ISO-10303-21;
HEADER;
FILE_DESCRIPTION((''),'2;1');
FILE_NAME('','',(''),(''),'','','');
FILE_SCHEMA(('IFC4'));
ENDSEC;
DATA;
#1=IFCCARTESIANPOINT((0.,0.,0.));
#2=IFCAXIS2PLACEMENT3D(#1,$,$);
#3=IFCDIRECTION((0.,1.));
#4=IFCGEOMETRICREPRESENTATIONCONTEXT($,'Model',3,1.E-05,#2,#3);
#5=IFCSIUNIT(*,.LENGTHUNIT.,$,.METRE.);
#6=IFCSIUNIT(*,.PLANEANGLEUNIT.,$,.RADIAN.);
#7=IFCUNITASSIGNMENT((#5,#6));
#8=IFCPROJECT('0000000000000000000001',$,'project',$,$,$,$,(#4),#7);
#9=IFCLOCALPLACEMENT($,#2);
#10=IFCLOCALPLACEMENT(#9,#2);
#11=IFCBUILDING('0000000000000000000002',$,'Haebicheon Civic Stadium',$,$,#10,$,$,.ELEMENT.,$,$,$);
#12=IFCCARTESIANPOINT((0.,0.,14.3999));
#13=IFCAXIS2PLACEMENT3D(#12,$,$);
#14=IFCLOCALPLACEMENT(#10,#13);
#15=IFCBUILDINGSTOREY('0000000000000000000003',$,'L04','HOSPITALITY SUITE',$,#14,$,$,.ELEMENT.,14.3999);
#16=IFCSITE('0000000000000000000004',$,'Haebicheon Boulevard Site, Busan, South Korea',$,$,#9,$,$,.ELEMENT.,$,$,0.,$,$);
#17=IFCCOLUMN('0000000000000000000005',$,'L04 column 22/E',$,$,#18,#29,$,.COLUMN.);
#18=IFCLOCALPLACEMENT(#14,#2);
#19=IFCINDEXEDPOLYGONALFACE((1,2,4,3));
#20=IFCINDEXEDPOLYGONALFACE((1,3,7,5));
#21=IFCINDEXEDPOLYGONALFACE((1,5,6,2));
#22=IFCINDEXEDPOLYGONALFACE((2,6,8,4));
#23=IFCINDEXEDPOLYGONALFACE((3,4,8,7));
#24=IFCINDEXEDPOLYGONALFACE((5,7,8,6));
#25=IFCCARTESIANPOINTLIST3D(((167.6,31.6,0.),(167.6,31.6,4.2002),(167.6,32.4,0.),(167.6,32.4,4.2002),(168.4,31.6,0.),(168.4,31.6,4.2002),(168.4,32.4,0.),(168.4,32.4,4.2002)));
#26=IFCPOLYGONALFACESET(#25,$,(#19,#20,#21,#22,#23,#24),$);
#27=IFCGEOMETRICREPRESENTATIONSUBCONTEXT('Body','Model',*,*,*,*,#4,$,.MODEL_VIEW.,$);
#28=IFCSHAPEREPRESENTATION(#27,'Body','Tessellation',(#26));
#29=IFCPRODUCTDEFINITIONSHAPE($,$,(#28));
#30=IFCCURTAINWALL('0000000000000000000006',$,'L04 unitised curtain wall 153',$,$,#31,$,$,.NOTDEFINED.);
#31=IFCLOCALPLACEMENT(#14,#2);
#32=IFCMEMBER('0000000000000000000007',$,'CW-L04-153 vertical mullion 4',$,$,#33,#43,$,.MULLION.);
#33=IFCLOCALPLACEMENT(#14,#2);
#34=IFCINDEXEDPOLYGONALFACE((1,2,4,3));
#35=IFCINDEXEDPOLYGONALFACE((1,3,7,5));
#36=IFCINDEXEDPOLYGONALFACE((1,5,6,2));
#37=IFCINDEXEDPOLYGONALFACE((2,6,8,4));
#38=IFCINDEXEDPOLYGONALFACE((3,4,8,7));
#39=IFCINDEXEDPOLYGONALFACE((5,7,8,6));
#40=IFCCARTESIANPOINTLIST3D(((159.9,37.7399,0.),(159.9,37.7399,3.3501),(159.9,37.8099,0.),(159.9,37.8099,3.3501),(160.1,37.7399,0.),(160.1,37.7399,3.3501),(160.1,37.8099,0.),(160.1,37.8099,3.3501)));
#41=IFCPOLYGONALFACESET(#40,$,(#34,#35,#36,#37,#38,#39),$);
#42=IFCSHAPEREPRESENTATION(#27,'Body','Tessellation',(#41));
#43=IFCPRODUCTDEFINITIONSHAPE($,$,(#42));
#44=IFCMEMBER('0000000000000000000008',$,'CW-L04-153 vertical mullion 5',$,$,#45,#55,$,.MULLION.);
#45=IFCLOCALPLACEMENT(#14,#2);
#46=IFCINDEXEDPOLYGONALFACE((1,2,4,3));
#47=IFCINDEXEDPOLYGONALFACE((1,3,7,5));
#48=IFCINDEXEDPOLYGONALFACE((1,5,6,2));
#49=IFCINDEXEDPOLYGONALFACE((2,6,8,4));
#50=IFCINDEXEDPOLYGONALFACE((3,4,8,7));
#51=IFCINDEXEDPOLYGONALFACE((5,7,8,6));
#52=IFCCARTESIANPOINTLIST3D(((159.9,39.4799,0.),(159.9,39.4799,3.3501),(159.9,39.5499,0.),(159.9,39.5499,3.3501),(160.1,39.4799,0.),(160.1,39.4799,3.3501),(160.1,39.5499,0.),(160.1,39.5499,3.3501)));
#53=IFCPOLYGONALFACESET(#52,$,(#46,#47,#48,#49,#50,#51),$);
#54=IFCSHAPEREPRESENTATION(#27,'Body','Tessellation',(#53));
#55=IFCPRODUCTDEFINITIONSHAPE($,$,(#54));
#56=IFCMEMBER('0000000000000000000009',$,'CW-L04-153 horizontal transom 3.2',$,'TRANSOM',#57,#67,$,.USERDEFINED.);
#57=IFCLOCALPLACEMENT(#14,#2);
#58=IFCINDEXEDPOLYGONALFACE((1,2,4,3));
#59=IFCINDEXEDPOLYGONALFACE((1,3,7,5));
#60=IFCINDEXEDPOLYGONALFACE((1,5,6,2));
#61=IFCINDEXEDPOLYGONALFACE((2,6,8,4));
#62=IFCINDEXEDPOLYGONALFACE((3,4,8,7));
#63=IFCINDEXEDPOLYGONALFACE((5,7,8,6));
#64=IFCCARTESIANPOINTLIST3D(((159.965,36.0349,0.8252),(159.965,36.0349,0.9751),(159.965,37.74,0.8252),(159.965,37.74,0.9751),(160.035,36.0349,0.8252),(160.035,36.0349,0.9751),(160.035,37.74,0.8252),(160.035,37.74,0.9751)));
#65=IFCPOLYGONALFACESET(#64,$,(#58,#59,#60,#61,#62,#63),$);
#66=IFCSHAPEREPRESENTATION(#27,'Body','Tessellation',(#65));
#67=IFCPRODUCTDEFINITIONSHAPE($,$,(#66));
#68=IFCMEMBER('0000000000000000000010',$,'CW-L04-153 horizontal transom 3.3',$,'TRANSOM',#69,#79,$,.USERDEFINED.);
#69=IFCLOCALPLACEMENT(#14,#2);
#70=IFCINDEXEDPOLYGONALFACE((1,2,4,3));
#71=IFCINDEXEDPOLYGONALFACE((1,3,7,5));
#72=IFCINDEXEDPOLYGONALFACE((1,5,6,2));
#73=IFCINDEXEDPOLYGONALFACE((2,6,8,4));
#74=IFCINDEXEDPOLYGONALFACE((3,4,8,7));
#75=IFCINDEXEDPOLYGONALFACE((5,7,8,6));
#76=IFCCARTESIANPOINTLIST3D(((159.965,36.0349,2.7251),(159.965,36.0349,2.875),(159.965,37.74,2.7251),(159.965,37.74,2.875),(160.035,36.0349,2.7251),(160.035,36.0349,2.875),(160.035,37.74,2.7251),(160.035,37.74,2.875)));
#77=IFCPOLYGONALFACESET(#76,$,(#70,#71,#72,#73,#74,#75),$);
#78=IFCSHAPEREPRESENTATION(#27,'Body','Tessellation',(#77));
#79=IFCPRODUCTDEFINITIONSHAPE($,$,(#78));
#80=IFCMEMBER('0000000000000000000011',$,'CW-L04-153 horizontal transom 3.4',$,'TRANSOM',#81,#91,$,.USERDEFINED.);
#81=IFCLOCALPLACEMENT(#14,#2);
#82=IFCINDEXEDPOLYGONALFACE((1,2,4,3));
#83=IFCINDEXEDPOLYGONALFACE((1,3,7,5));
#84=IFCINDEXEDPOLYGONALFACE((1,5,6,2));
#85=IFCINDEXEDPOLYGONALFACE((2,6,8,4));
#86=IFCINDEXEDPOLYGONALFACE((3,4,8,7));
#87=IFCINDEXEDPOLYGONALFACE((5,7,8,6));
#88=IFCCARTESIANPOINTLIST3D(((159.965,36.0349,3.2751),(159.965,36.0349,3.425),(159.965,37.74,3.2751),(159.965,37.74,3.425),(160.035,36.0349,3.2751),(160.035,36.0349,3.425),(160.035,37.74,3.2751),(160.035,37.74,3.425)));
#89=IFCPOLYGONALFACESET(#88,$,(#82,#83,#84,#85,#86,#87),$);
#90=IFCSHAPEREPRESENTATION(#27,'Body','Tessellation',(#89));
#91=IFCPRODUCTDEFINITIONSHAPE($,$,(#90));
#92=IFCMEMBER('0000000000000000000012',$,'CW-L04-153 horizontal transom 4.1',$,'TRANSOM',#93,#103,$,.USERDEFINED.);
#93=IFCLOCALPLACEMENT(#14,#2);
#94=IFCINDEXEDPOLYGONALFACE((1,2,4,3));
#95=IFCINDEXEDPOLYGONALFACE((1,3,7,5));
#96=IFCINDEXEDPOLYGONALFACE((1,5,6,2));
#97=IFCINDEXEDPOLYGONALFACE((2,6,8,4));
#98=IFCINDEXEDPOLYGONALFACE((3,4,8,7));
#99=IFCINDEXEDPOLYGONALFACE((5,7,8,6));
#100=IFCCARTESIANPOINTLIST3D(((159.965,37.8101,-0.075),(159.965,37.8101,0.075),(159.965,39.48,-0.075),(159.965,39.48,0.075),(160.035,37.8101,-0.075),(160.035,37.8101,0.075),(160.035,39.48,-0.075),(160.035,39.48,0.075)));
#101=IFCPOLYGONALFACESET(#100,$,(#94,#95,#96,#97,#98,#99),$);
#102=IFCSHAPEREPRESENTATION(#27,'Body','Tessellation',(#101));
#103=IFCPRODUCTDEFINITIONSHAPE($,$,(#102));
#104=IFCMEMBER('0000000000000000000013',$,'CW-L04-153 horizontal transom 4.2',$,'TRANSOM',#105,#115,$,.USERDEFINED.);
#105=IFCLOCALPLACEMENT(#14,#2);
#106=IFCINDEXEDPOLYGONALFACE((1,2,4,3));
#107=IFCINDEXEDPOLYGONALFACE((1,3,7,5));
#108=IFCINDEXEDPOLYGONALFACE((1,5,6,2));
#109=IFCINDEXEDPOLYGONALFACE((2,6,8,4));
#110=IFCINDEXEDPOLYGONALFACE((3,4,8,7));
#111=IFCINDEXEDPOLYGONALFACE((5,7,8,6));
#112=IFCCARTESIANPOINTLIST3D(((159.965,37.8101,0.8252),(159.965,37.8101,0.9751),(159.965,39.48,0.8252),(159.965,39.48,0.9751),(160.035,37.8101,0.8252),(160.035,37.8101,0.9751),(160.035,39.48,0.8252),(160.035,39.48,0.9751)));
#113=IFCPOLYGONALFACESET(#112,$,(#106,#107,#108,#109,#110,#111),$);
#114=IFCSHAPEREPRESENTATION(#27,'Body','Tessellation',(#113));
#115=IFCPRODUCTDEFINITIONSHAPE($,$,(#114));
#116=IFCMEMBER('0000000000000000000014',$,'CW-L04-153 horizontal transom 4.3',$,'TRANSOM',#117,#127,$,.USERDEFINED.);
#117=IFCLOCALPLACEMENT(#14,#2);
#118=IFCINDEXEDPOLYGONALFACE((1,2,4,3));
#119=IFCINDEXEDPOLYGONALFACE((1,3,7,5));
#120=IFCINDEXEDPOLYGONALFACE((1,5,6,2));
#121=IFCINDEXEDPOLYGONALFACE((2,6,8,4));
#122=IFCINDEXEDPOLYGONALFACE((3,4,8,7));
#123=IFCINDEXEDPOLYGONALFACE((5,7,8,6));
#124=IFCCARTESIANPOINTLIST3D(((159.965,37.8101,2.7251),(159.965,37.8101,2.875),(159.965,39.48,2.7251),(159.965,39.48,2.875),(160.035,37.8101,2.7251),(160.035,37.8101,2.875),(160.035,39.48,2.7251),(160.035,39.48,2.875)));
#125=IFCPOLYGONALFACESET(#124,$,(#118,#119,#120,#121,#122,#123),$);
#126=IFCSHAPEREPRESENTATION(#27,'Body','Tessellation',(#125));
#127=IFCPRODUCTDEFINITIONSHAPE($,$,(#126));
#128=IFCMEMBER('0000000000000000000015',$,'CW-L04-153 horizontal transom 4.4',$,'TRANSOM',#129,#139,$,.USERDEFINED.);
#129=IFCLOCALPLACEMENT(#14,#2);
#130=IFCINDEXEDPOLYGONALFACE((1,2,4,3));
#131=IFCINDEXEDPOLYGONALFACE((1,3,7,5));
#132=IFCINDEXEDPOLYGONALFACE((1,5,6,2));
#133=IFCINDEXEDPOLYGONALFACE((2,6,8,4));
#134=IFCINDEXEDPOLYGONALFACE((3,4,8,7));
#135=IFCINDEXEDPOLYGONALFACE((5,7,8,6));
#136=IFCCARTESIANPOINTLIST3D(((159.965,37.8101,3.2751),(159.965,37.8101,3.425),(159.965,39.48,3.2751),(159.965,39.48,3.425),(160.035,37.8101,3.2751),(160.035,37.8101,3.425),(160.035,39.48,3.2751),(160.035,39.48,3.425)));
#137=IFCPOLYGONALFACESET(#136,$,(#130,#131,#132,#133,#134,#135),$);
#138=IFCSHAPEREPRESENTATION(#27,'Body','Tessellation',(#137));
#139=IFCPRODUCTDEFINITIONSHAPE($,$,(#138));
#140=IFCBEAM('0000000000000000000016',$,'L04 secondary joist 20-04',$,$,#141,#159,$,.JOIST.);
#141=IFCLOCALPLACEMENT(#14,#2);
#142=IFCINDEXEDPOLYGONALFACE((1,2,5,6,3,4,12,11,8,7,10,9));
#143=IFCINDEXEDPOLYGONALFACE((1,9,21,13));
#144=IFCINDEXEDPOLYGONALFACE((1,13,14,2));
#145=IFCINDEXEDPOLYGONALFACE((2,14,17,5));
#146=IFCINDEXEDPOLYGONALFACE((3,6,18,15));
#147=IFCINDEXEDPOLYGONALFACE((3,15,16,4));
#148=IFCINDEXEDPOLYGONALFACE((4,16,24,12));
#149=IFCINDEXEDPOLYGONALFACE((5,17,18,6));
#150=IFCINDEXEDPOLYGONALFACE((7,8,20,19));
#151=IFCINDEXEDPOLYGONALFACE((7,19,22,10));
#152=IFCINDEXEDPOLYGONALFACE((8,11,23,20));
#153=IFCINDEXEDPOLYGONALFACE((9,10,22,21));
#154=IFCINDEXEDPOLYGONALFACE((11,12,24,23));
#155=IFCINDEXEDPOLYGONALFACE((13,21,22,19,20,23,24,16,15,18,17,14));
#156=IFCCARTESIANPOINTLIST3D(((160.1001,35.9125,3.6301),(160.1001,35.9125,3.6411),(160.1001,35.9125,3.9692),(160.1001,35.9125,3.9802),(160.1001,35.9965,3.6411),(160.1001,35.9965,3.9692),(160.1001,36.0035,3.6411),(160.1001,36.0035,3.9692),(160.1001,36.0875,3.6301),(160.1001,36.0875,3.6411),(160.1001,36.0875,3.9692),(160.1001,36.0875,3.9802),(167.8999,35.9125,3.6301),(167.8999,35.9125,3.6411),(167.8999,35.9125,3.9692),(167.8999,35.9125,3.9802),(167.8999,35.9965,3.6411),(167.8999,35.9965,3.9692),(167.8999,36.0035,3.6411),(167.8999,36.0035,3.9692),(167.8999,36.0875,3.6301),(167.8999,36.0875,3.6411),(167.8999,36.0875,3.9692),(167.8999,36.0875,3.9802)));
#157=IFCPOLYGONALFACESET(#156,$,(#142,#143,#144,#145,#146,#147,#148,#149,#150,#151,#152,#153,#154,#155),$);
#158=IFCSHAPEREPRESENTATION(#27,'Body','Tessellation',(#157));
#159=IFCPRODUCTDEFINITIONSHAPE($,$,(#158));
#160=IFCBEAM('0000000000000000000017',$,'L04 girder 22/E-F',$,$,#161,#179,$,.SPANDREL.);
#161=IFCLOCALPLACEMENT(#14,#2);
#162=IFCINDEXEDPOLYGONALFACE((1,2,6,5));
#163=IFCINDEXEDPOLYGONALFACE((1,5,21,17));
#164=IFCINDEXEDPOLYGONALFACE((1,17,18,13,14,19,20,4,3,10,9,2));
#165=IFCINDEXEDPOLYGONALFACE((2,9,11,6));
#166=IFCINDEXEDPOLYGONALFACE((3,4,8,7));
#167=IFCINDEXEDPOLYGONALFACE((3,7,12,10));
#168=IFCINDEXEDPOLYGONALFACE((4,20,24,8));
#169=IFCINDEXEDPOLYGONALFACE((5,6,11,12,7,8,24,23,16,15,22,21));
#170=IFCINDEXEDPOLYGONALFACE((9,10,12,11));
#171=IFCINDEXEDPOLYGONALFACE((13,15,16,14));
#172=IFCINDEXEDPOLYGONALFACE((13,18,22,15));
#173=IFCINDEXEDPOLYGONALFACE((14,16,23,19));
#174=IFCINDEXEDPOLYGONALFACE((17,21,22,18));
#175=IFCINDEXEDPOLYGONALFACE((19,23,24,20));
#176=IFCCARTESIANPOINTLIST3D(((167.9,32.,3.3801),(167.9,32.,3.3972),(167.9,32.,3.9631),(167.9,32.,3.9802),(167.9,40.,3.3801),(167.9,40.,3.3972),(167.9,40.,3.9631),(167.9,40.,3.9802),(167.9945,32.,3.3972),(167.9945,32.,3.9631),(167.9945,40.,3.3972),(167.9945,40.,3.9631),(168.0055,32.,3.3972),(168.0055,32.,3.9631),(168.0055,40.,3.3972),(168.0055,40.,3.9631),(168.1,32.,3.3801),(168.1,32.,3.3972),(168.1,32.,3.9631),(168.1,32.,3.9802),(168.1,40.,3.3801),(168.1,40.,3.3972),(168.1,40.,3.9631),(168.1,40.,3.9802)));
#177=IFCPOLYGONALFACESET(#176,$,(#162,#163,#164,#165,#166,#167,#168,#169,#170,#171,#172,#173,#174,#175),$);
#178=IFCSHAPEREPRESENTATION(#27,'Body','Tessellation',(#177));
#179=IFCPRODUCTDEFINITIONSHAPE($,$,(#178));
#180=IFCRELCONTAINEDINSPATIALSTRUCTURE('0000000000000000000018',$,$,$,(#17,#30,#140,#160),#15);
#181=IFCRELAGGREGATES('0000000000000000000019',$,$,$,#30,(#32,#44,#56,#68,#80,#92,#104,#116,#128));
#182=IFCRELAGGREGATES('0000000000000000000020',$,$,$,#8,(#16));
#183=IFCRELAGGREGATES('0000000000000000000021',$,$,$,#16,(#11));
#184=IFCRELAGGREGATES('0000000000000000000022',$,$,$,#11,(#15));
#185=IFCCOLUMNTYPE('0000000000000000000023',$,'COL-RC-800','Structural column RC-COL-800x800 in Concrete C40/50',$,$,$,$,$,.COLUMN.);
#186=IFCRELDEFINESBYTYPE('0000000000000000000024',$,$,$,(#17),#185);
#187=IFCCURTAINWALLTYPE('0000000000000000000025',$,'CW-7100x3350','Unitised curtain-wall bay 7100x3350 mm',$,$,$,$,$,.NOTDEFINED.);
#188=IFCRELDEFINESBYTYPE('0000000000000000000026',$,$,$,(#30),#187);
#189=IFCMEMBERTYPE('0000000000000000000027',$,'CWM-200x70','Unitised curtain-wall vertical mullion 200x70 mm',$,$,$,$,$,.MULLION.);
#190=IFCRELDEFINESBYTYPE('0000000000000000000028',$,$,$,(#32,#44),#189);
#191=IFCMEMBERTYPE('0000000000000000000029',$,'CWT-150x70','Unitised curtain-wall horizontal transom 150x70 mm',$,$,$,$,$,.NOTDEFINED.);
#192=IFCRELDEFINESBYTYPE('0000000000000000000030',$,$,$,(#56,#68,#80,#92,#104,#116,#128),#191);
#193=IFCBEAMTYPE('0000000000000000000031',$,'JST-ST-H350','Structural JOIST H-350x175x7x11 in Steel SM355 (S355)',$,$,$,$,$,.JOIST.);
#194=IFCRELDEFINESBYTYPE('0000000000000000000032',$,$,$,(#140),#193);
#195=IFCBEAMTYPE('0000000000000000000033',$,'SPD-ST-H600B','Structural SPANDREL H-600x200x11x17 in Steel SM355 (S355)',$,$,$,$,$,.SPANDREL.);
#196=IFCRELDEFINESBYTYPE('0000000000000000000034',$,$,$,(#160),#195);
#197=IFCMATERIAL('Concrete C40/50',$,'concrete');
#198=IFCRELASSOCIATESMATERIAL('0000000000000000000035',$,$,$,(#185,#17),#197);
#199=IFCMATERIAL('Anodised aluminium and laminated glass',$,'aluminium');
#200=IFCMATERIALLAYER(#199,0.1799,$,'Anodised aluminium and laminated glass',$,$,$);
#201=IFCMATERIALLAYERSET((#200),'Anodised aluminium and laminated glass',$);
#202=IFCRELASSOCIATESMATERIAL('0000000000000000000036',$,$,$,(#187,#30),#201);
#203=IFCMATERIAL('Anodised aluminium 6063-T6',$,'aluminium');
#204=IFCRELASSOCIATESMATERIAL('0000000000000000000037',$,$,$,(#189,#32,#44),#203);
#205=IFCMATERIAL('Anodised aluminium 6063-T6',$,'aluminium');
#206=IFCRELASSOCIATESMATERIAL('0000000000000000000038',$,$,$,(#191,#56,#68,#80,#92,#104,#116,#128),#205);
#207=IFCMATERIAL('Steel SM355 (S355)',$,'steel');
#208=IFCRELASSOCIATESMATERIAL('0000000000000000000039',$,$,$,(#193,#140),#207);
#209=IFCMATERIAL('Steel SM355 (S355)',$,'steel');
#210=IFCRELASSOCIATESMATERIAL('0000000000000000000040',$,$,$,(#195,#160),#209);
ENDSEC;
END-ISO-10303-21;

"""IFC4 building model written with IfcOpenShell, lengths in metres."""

from ifc_helpers import new_model, si_unit, direction, frame, origin, origin_2d, place, context, subcontext, project, spatial, rectangle, i_section, extrude, material, layer, layer_set, material_profile, profile_set, type_object, element, aggregate, save


model = new_model("IFC4")

# Units and contexts
model_context = context("Model", 3, precision=1e-05, world=origin(), true_north=direction((0.0, 1.0)))
body_context = subcontext(model_context, "Body", "Model", "MODEL_VIEW")
ifc_project = project(units=[si_unit("LENGTHUNIT", "METRE"), si_unit("PLANEANGLEUNIT", "RADIAN")], contexts=[model_context])

# Site, building, storey
site_placement = place(None, origin())
site = spatial("IfcSite", under=ifc_project, at=site_placement, Name="Haebicheon Boulevard Site, Busan, South Korea", CompositionType="ELEMENT", RefElevation=0.0)
building_placement = place(site_placement, origin())
building = spatial("IfcBuilding", under=site, at=building_placement, Name="Haebicheon Civic Stadium", CompositionType="ELEMENT")
storey_placement = place(building_placement, frame((0.0, 0.0, 14.3999)))
storey = spatial("IfcBuildingStorey", under=building, at=storey_placement, Name="L04", Description="HOSPITALITY SUITE", CompositionType="ELEMENT", Elevation=14.3999)

# Column
ifc_material_1 = material(Name="Concrete C40/50", Category="concrete")
ifc_material_profile_1 = material_profile(ifc_material_1, rectangle(XDim=0.8, YDim=0.8, at=origin_2d()), Name="RC-COL-800x800")
ifc_profile_set_1 = profile_set([ifc_material_profile_1], Name="Concrete C40/50")
column_type = type_object("IfcColumnType", Name="COL-RC-800", Description="Structural column RC-COL-800x800 in Concrete C40/50", PredefinedType="COLUMN", material=ifc_profile_set_1)
column_placement = place(storey_placement, frame((168.0, 32.0, 0.0), z_axis=(0.0, 0.0, 1.0), x_axis=(1.0, 0.0, 0.0)))
element("IfcColumn", 1, at=column_placement, inside=storey, type_object=column_type, material=ifc_profile_set_1, Name="L04 column 22/E", PredefinedType="COLUMN", context=body_context, shape_type="SweptSolid", body=[
    extrude(rectangle(XDim=0.8, YDim=0.8, at=origin_2d()), origin(), (0.0, 0.0, 1.0), 4.2002),
])

# Curtain wall, members
ifc_material_2 = material(Name="Anodised aluminium and laminated glass", Category="aluminium")
ifc_layer_1 = layer(ifc_material_2, 0.1799, Name="Anodised aluminium and laminated glass")
ifc_layer_set_1 = layer_set([ifc_layer_1], Name="Anodised aluminium and laminated glass")
curtain_wall_type = type_object("IfcCurtainWallType", Name="CW-7100x3350", Description="Unitised curtain-wall bay 7100x3350 mm", PredefinedType="NOTDEFINED", material=ifc_layer_set_1)
curtain_wall_placement = place(storey_placement, origin())
curtain_wall = element("IfcCurtainWall", 2, at=curtain_wall_placement, inside=storey, type_object=curtain_wall_type, material=ifc_layer_set_1, Name="L04 unitised curtain wall 153", PredefinedType="NOTDEFINED")
ifc_material_3 = material(Name="Anodised aluminium 6063-T6", Category="aluminium")
ifc_material_profile_2 = material_profile(ifc_material_3, rectangle(XDim=0.0701, YDim=0.2, at=origin_2d()), Name="ALU-MULL-70x200")
ifc_profile_set_2 = profile_set([ifc_material_profile_2], Name="Anodised aluminium 6063-T6")
member_type_1 = type_object("IfcMemberType", Name="CWM-200x70", Description="Unitised curtain-wall vertical mullion 200x70 mm", PredefinedType="MULLION", material=ifc_profile_set_2)
member_1_placement = place(storey_placement, frame((160.0, 37.7749, 0.0), z_axis=(0.0, 0.0, 1.0), x_axis=(0.0, 1.0, 0.0)))
member_1 = element("IfcMember", 3, at=member_1_placement, type_object=member_type_1, material=ifc_profile_set_2, Name="CW-L04-153 vertical mullion 4", PredefinedType="MULLION", context=body_context, shape_type="SweptSolid", body=[
    extrude(rectangle(XDim=0.0701, YDim=0.2, at=origin_2d()), origin(), (0.0, 0.0, 1.0), 3.3501),
])
member_2_placement = place(storey_placement, frame((160.0, 39.5149, 0.0), z_axis=(0.0, 0.0, 1.0), x_axis=(0.0, 1.0, 0.0)))
member_2 = element("IfcMember", 4, at=member_2_placement, type_object=member_type_1, material=ifc_profile_set_2, Name="CW-L04-153 vertical mullion 5", PredefinedType="MULLION", context=body_context, shape_type="SweptSolid", body=[
    extrude(rectangle(XDim=0.0701, YDim=0.2, at=origin_2d()), origin(), (0.0, 0.0, 1.0), 3.3501),
])
ifc_material_4 = material(Name="Anodised aluminium 6063-T6", Category="aluminium")
ifc_material_profile_3 = material_profile(ifc_material_4, rectangle(XDim=0.0701, YDim=0.1499, at=origin_2d()), Name="ALU-TRAN-70x150")
ifc_profile_set_3 = profile_set([ifc_material_profile_3], Name="Anodised aluminium 6063-T6")
member_type_2 = type_object("IfcMemberType", Name="CWT-150x70", Description="Unitised curtain-wall horizontal transom 150x70 mm", PredefinedType="NOTDEFINED", material=ifc_profile_set_3)
member_3_placement = place(storey_placement, frame((160.0, 36.0349, 0.9001), z_axis=(0.0, 1.0, 0.0), x_axis=(-1.0, 0.0, 0.0)))
member_3 = element("IfcMember", 5, at=member_3_placement, type_object=member_type_2, material=ifc_profile_set_3, Name="CW-L04-153 horizontal transom 3.2", ObjectType="TRANSOM", PredefinedType="USERDEFINED", context=body_context, shape_type="SweptSolid", body=[
    extrude(rectangle(XDim=0.0701, YDim=0.1499, at=origin_2d()), origin(), (0.0, 0.0, 1.0), 1.7051),
])
member_4_placement = place(storey_placement, frame((160.0, 36.0349, 2.8), z_axis=(0.0, 1.0, 0.0), x_axis=(-1.0, 0.0, 0.0)))
member_4 = element("IfcMember", 6, at=member_4_placement, type_object=member_type_2, material=ifc_profile_set_3, Name="CW-L04-153 horizontal transom 3.3", ObjectType="TRANSOM", PredefinedType="USERDEFINED", context=body_context, shape_type="SweptSolid", body=[
    extrude(rectangle(XDim=0.0701, YDim=0.1499, at=origin_2d()), origin(), (0.0, 0.0, 1.0), 1.7051),
])
member_5_placement = place(storey_placement, frame((160.0, 36.0349, 3.3501), z_axis=(0.0, 1.0, 0.0), x_axis=(-1.0, 0.0, 0.0)))
member_5 = element("IfcMember", 7, at=member_5_placement, type_object=member_type_2, material=ifc_profile_set_3, Name="CW-L04-153 horizontal transom 3.4", ObjectType="TRANSOM", PredefinedType="USERDEFINED", context=body_context, shape_type="SweptSolid", body=[
    extrude(rectangle(XDim=0.0701, YDim=0.1499, at=origin_2d()), origin(), (0.0, 0.0, 1.0), 1.7051),
])
member_6_placement = place(storey_placement, frame((160.0, 37.8101, 0.0), z_axis=(0.0, 1.0, 0.0), x_axis=(-1.0, 0.0, 0.0)))
member_6 = element("IfcMember", 8, at=member_6_placement, type_object=member_type_2, material=ifc_profile_set_3, Name="CW-L04-153 horizontal transom 4.1", ObjectType="TRANSOM", PredefinedType="USERDEFINED", context=body_context, shape_type="SweptSolid", body=[
    extrude(rectangle(XDim=0.0701, YDim=0.1499, at=origin_2d()), origin(), (0.0, 0.0, 1.0), 1.6699),
])
member_7_placement = place(storey_placement, frame((160.0, 37.8101, 0.9001), z_axis=(0.0, 1.0, 0.0), x_axis=(-1.0, 0.0, 0.0)))
member_7 = element("IfcMember", 9, at=member_7_placement, type_object=member_type_2, material=ifc_profile_set_3, Name="CW-L04-153 horizontal transom 4.2", ObjectType="TRANSOM", PredefinedType="USERDEFINED", context=body_context, shape_type="SweptSolid", body=[
    extrude(rectangle(XDim=0.0701, YDim=0.1499, at=origin_2d()), origin(), (0.0, 0.0, 1.0), 1.6699),
])
member_8_placement = place(storey_placement, frame((160.0, 37.8101, 2.8), z_axis=(0.0, 1.0, 0.0), x_axis=(-1.0, 0.0, 0.0)))
member_8 = element("IfcMember", 10, at=member_8_placement, type_object=member_type_2, material=ifc_profile_set_3, Name="CW-L04-153 horizontal transom 4.3", ObjectType="TRANSOM", PredefinedType="USERDEFINED", context=body_context, shape_type="SweptSolid", body=[
    extrude(rectangle(XDim=0.0701, YDim=0.1499, at=origin_2d()), origin(), (0.0, 0.0, 1.0), 1.6699),
])
member_9_placement = place(storey_placement, frame((160.0, 37.8101, 3.3501), z_axis=(0.0, 1.0, 0.0), x_axis=(-1.0, 0.0, 0.0)))
member_9 = element("IfcMember", 11, at=member_9_placement, type_object=member_type_2, material=ifc_profile_set_3, Name="CW-L04-153 horizontal transom 4.4", ObjectType="TRANSOM", PredefinedType="USERDEFINED", context=body_context, shape_type="SweptSolid", body=[
    extrude(rectangle(XDim=0.0701, YDim=0.1499, at=origin_2d()), origin(), (0.0, 0.0, 1.0), 1.6699),
])

# Beams
ifc_material_5 = material(Name="Steel SM355 (S355)", Category="steel")
ifc_material_profile_4 = material_profile(ifc_material_5, i_section(OverallWidth=0.175, OverallDepth=0.3501, WebThickness=0.0071, FlangeThickness=0.011, at=origin_2d()), Name="H-350x175x7x11")
ifc_profile_set_4 = profile_set([ifc_material_profile_4], Name="Steel SM355 (S355)")
beam_type_1 = type_object("IfcBeamType", Name="JST-ST-H350", Description="Structural JOIST H-350x175x7x11 in Steel SM355 (S355)", PredefinedType="JOIST", material=ifc_profile_set_4)
beam_placement = place(storey_placement, frame((160.1001, 36.0, 3.8052), z_axis=(1.0, 0.0, 0.0), x_axis=(0.0, 1.0, 0.0)))
element("IfcBeam", 12, at=beam_placement, inside=storey, type_object=beam_type_1, material=ifc_profile_set_4, Name="L04 secondary joist 20-04", PredefinedType="JOIST", context=body_context, shape_type="SweptSolid", body=[
    extrude(i_section(OverallWidth=0.175, OverallDepth=0.3501, WebThickness=0.0071, FlangeThickness=0.011, at=origin_2d()), origin(), (0.0, 0.0, 1.0), 7.7998),
])
ifc_material_6 = material(Name="Steel SM355 (S355)", Category="steel")
ifc_material_profile_5 = material_profile(ifc_material_6, i_section(OverallWidth=0.2, OverallDepth=0.6001, WebThickness=0.011, FlangeThickness=0.0171, at=origin_2d()), Name="H-600x200x11x17")
ifc_profile_set_5 = profile_set([ifc_material_profile_5], Name="Steel SM355 (S355)")
beam_type_2 = type_object("IfcBeamType", Name="SPD-ST-H600B", Description="Structural SPANDREL H-600x200x11x17 in Steel SM355 (S355)", PredefinedType="SPANDREL", material=ifc_profile_set_5)
for number, where, z_axis, x_axis, name in (
    (13, (168.0, 32.0, 3.6802), (0.0, 1.0, 0.0), (-1.0, 0.0, 0.0), "L04 girder 22/E-F"),
):
    element("IfcBeam", number, at=place(storey_placement, frame(where, z_axis=z_axis, x_axis=x_axis)), inside=storey, type_object=beam_type_2, material=ifc_profile_set_5, Name=name, PredefinedType="SPANDREL", context=body_context, shape_type="SweptSolid", body=[
        extrude(i_section(OverallWidth=0.2, OverallDepth=0.6001, WebThickness=0.011, FlangeThickness=0.0171, at=origin_2d()), origin(), (0.0, 0.0, 1.0), 8.0),
    ])

aggregate(curtain_wall, [member_1, member_2, member_3, member_4, member_5, member_6, member_7, member_8, member_9])

save(model, "model.ifc")
